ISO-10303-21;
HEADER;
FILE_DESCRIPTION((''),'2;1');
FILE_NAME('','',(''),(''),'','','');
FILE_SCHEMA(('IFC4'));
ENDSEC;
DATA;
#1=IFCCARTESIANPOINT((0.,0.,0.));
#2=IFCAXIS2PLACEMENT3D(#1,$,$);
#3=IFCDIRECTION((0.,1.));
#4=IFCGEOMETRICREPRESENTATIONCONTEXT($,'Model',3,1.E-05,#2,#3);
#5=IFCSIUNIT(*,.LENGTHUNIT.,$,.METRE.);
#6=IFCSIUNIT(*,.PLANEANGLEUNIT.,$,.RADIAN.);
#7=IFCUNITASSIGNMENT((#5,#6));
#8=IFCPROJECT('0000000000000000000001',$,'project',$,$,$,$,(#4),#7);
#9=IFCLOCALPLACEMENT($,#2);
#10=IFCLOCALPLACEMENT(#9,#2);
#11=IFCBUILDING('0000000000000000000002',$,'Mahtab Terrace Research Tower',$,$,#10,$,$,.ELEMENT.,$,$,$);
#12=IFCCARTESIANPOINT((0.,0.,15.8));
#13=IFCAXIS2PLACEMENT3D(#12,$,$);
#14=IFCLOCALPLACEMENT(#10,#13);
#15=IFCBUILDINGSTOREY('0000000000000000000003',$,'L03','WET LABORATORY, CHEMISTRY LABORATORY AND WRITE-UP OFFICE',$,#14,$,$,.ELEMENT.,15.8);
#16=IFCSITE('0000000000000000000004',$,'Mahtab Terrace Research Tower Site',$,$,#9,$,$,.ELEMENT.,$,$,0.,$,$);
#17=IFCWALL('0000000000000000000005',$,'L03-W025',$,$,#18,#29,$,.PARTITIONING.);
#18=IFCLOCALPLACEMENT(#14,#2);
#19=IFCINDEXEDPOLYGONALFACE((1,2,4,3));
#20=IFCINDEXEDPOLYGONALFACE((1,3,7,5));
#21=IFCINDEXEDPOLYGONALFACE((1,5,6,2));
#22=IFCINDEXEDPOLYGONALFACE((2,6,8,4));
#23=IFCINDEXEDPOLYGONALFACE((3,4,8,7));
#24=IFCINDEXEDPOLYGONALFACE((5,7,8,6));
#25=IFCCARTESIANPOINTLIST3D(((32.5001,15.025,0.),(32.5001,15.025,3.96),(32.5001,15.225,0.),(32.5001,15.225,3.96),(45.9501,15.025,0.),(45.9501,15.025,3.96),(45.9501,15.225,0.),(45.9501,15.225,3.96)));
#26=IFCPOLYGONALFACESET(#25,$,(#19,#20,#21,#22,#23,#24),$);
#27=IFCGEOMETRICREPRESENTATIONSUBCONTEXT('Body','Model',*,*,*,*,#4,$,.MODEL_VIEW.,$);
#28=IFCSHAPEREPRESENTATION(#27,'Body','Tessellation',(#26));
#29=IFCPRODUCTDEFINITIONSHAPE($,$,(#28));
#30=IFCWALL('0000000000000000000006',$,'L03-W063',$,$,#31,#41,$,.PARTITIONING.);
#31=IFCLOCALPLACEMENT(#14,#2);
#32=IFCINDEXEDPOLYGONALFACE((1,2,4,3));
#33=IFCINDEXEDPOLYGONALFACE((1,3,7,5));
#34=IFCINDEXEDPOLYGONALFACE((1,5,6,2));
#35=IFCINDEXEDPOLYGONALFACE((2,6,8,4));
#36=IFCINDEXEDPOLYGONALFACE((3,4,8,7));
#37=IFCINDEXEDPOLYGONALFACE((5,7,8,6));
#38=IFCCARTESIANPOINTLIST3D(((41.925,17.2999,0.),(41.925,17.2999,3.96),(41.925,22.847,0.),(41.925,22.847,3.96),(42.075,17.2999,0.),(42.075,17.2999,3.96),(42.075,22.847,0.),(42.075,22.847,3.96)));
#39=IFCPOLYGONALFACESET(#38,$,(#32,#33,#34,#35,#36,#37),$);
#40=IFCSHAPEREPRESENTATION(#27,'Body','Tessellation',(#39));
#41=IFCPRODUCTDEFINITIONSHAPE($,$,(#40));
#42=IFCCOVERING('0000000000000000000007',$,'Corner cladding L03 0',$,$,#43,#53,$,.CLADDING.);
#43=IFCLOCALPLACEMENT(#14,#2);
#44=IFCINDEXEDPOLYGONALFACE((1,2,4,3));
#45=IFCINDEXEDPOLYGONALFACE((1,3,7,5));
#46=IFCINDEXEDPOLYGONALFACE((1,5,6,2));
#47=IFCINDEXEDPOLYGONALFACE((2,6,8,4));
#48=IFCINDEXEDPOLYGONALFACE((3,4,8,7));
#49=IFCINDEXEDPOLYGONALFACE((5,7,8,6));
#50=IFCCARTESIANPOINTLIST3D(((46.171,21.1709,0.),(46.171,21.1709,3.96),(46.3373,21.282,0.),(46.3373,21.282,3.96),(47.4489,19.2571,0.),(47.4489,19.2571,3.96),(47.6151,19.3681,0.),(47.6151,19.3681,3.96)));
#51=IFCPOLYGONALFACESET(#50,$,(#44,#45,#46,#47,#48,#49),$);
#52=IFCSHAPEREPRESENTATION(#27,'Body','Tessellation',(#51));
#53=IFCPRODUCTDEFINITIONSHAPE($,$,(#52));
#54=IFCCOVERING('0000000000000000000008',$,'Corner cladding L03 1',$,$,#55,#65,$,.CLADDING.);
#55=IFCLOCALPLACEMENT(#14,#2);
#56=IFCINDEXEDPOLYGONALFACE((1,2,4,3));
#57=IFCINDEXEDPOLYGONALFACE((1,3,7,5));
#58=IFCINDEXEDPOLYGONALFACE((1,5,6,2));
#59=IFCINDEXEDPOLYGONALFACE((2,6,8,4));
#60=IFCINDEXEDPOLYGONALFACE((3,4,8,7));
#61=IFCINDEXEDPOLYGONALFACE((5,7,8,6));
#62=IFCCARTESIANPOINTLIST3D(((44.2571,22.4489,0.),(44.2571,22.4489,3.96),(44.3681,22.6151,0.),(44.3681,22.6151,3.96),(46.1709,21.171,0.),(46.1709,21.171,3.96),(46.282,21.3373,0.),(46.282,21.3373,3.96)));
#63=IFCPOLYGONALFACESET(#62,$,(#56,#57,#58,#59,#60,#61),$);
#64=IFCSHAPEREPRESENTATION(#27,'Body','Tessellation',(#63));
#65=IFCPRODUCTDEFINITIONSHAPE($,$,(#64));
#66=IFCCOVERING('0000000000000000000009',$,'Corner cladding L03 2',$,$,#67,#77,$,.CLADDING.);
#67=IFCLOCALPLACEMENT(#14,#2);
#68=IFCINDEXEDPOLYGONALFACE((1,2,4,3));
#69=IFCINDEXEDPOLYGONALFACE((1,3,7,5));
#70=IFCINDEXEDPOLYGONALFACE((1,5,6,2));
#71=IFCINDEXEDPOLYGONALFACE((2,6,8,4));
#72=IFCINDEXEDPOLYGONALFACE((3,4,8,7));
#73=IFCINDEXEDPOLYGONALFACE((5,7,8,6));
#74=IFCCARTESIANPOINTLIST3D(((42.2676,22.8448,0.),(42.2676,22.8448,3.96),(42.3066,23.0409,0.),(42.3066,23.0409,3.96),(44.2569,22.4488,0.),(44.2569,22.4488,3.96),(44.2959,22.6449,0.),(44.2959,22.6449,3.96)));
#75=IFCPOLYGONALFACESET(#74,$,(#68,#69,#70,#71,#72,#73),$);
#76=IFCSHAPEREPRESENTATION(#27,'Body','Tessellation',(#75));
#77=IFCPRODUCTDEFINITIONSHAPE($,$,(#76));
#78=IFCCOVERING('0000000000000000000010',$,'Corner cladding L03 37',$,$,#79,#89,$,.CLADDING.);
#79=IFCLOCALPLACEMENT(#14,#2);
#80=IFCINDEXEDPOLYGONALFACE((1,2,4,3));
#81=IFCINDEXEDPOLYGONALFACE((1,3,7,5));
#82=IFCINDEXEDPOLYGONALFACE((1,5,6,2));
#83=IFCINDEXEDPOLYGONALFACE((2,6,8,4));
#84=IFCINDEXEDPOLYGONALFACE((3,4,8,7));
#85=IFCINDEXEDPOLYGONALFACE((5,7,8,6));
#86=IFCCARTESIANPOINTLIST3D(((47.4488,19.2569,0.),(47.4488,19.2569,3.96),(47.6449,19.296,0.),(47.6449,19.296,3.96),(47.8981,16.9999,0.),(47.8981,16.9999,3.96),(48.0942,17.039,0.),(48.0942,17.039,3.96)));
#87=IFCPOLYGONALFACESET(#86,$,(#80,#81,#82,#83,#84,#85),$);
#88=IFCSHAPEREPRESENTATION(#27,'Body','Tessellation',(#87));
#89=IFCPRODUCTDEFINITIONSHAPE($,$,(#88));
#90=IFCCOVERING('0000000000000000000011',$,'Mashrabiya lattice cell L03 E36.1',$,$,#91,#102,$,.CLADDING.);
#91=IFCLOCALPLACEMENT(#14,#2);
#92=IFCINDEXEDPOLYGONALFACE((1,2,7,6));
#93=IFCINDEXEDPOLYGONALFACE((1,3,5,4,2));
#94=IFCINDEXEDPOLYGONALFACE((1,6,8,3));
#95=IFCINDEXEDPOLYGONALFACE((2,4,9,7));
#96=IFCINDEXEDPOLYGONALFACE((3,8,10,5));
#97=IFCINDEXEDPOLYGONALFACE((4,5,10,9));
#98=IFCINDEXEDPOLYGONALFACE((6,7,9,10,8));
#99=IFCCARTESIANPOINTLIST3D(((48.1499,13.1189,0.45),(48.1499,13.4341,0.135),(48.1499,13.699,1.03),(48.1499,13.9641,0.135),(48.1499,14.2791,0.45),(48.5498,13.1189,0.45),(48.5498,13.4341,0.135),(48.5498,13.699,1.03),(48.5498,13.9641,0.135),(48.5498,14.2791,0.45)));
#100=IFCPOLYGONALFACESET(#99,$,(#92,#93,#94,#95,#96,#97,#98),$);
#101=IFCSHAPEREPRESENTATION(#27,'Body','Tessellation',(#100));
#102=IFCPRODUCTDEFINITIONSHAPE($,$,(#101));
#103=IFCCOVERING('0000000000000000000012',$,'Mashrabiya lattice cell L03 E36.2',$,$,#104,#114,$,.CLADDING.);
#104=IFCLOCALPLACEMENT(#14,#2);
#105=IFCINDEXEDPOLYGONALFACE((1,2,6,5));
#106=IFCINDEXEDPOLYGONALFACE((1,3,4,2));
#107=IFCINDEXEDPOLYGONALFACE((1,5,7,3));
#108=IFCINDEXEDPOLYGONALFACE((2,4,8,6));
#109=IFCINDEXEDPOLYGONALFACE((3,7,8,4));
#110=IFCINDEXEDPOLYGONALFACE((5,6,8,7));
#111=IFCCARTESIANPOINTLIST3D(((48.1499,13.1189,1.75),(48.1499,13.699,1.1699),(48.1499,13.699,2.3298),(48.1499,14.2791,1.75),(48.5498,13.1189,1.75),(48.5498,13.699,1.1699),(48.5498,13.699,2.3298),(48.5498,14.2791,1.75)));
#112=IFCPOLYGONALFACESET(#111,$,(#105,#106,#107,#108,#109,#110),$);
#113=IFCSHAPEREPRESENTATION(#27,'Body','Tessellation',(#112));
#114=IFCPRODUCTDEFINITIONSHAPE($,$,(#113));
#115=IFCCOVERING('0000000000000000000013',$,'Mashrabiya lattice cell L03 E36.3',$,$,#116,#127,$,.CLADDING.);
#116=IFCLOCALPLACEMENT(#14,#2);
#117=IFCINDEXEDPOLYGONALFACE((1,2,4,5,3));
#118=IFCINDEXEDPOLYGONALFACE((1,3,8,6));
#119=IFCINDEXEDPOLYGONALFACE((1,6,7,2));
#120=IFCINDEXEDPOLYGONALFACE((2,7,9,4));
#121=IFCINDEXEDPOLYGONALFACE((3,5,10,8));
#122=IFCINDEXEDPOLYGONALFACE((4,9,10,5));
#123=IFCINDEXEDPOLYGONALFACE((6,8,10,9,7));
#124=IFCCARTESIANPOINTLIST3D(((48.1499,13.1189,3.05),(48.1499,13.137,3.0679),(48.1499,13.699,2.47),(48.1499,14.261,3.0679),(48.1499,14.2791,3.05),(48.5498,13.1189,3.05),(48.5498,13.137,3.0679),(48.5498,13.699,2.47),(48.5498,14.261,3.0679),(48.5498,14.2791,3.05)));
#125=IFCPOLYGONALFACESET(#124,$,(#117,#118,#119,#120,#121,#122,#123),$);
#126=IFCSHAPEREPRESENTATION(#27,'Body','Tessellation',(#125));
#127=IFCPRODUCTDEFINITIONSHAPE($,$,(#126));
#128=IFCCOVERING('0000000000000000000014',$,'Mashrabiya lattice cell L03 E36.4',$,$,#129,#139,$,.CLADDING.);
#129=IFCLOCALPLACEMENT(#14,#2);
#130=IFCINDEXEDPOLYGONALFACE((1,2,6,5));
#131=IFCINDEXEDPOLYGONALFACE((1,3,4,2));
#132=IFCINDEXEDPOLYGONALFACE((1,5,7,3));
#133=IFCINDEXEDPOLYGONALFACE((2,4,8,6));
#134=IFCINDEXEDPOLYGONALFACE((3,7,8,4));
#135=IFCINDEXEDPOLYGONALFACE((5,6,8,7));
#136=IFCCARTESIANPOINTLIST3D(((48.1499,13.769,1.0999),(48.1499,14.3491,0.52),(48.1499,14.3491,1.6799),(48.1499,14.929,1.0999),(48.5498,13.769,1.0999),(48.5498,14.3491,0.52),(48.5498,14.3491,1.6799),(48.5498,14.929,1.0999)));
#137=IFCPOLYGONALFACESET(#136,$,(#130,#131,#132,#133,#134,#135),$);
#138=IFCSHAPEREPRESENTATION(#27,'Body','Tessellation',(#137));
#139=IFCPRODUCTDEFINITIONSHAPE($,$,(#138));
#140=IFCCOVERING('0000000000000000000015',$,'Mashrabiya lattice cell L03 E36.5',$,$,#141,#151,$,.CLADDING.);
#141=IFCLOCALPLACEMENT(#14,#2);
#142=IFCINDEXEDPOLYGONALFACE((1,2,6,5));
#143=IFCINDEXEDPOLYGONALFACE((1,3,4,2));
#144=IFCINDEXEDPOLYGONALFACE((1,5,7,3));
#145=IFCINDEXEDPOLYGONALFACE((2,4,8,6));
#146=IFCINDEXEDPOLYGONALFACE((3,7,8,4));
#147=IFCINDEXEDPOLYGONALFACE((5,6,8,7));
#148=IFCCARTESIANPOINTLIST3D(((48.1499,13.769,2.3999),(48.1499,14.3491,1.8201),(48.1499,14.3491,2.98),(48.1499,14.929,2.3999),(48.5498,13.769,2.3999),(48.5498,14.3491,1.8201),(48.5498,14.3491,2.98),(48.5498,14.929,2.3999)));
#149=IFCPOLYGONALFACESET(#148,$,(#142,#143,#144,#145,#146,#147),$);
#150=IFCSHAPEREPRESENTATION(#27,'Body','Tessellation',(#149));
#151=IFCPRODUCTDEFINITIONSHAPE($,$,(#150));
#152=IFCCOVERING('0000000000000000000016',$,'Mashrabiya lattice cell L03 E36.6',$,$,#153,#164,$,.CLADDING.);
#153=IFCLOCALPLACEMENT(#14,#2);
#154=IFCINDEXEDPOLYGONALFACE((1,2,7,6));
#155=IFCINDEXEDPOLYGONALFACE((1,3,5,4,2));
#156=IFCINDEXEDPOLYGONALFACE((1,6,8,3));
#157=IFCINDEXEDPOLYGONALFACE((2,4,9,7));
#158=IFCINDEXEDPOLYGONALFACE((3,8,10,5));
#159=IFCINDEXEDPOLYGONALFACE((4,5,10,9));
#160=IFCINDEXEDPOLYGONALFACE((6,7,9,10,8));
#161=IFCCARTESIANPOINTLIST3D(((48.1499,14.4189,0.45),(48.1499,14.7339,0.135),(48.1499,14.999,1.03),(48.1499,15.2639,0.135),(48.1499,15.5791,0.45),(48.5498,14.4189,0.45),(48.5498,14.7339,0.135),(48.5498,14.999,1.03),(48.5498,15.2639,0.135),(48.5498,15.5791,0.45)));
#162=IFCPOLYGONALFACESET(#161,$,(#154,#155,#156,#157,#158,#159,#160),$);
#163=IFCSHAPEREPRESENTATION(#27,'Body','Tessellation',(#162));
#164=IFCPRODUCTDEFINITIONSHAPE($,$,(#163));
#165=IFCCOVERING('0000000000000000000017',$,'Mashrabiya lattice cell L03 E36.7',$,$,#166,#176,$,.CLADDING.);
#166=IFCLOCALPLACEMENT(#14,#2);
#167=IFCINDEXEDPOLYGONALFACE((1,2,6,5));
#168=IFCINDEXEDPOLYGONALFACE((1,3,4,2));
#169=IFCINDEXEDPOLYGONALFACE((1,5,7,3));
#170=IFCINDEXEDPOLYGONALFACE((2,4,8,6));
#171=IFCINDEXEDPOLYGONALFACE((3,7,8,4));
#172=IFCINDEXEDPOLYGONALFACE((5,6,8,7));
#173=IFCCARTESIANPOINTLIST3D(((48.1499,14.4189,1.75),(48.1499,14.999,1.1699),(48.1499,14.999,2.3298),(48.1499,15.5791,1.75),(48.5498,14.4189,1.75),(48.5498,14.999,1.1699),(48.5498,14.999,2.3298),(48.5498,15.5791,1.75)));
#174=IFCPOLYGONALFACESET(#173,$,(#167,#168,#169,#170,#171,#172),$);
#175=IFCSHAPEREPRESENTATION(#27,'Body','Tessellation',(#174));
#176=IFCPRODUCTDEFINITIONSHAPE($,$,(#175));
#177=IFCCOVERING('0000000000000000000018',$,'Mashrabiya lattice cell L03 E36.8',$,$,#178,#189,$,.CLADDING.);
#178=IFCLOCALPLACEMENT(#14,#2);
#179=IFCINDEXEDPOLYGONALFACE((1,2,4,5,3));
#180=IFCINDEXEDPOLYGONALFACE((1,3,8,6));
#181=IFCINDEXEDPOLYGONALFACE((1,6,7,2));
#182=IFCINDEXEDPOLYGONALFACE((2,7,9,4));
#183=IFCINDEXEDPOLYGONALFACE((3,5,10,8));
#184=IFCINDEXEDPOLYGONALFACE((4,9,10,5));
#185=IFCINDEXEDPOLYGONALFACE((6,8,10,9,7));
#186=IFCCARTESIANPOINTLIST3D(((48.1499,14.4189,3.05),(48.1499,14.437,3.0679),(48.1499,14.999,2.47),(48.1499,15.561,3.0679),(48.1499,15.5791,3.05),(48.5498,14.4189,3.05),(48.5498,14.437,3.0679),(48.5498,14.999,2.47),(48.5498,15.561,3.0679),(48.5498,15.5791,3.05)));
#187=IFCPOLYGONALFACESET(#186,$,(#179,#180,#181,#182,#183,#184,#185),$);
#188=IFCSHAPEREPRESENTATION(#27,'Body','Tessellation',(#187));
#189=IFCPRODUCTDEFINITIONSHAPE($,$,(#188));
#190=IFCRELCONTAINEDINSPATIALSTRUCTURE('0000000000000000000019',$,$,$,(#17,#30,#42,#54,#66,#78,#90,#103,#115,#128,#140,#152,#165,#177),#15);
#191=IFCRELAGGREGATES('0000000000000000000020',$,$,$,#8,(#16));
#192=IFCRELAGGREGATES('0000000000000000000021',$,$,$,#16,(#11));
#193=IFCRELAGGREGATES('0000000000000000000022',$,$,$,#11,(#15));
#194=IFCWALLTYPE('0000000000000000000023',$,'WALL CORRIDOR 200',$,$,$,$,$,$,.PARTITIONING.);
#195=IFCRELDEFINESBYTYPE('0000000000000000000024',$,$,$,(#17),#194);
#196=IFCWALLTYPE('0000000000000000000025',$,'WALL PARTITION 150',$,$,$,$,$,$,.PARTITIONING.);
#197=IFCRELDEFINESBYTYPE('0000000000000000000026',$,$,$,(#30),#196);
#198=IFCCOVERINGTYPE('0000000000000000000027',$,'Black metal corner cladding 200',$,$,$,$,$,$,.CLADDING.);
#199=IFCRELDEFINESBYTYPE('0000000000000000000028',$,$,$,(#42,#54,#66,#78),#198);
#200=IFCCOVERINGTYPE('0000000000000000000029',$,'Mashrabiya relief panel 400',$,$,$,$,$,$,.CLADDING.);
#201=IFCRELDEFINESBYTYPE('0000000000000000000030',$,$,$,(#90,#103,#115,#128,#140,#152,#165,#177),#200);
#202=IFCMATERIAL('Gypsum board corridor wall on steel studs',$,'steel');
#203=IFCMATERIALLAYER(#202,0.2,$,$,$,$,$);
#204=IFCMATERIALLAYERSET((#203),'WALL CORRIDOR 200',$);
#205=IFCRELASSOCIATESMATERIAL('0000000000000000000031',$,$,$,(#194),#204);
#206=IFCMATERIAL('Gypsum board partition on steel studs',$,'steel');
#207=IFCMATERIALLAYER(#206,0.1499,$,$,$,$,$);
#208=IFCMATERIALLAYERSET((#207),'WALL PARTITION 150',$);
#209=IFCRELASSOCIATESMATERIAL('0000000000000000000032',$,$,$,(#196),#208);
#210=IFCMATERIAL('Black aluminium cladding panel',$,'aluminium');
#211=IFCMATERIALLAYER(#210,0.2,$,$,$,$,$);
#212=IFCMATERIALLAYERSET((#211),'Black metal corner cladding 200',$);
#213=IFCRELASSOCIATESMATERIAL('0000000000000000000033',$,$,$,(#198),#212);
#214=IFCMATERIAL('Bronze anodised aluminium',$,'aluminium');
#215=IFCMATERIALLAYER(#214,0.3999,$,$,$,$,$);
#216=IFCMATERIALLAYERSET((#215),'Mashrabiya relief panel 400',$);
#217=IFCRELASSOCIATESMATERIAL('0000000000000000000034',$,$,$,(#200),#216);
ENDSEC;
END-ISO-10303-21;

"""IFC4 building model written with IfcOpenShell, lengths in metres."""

from ifc_helpers import new_model, si_unit, direction, frame, frame_2d, origin, origin_2d, place, context, subcontext, project, spatial, polyline, rectangle, outline, extrude, material, layer, layer_set, type_object, element, save


model = new_model("IFC4")

# Units and contexts
model_context = context("Model", 3, precision=1e-05, world=origin(), true_north=direction((0.0, 1.0)))
body_context = subcontext(model_context, "Body", "Model", "MODEL_VIEW")
ifc_project = project(units=[si_unit("LENGTHUNIT", "METRE"), si_unit("PLANEANGLEUNIT", "RADIAN")], contexts=[model_context])

# Site, building, storey
site_placement = place(None, origin())
site = spatial("IfcSite", under=ifc_project, at=site_placement, Name="Mahtab Terrace Research Tower Site", CompositionType="ELEMENT", RefElevation=0.0)
building_placement = place(site_placement, origin())
building = spatial("IfcBuilding", under=site, at=building_placement, Name="Mahtab Terrace Research Tower", CompositionType="ELEMENT")
storey_placement = place(building_placement, frame((0.0, 0.0, 15.8)))
storey = spatial("IfcBuildingStorey", under=building, at=storey_placement, Name="L03", Description="WET LABORATORY, CHEMISTRY LABORATORY AND WRITE-UP OFFICE", CompositionType="ELEMENT", Elevation=15.8)

# Walls
ifc_material_1 = material(Name="Black aluminium cladding panel", Category="aluminium")
ifc_material_2 = material(Name="Gypsum board corridor wall on steel studs", Category="steel")
ifc_layer_1 = layer(ifc_material_2, 0.2)
ifc_layer_set_1 = layer_set([ifc_layer_1], Name="WALL CORRIDOR 200")
wall_type_1 = type_object("IfcWallType", Name="WALL CORRIDOR 200", PredefinedType="PARTITIONING", material=ifc_layer_set_1)
wall_1_placement = place(storey_placement, frame((32.5, 15.125, 0.0), z_axis=(0.0, 0.0, 1.0), x_axis=(1.0, 0.0, 0.0)))
element("IfcWall", 1, at=wall_1_placement, inside=storey, type_object=wall_type_1, Name="L03-W025", PredefinedType="PARTITIONING", context=body_context, shape_type="SweptSolid", body=[
    extrude(rectangle(XDim=13.45, YDim=0.2, at=frame_2d((6.7251, 0.0))), origin(), (0.0, 0.0, 1.0), 3.96),
])
ifc_material_3 = material(Name="Gypsum board partition on steel studs", Category="steel")
ifc_layer_2 = layer(ifc_material_3, 0.1499)
ifc_layer_set_2 = layer_set([ifc_layer_2], Name="WALL PARTITION 150")
wall_type_2 = type_object("IfcWallType", Name="WALL PARTITION 150", PredefinedType="PARTITIONING", material=ifc_layer_set_2)
wall_2_placement = place(storey_placement, frame((42.0, 17.3, 0.0), z_axis=(0.0, 0.0, 1.0), x_axis=(0.0, 1.0, 0.0)))
element("IfcWall", 2, at=wall_2_placement, inside=storey, type_object=wall_type_2, Name="L03-W063", PredefinedType="PARTITIONING", context=body_context, shape_type="SweptSolid", body=[
    extrude(rectangle(XDim=5.5471, YDim=0.1499, at=frame_2d((2.7734, 0.0))), origin(), (0.0, 0.0, 1.0), 3.96),
])

# Coverings
ifc_layer_3 = layer(ifc_material_1, 0.2)
ifc_layer_set_3 = layer_set([ifc_layer_3], Name="Black metal corner cladding 200")
covering_type_1 = type_object("IfcCoveringType", Name="Black metal corner cladding 200", PredefinedType="CLADDING", material=ifc_layer_set_3)
for number, where, z_axis, x_axis, name in (
    (3, (46.8931, 20.2695, 0.0), (0.0, 0.0, 1.0), (-0.555291, 0.831656, 0.0), "Corner cladding L03 0"),
    (4, (45.2695, 21.8931, 0.0), (0.0, 0.0, 1.0), (-0.831656, 0.555291, 0.0), "Corner cladding L03 1"),
):
    element("IfcCovering", number, at=place(storey_placement, frame(where, z_axis=z_axis, x_axis=x_axis)), inside=storey, type_object=covering_type_1, Name=name, PredefinedType="CLADDING", context=body_context, shape_type="SweptSolid", body=[
        extrude(rectangle(XDim=2.3013, YDim=0.2, at=origin_2d()), origin(), (0.0, 0.0, 1.0), 3.96),
    ])
covering_1_placement = place(storey_placement, frame((43.2817, 22.7449, 0.0), z_axis=(0.0, 0.0, 1.0), x_axis=(-0.980761, 0.195212, 0.0)))
element("IfcCovering", 5, at=covering_1_placement, inside=storey, type_object=covering_type_1, Name="Corner cladding L03 2", PredefinedType="CLADDING", context=body_context, shape_type="SweptSolid", body=[
    extrude(rectangle(XDim=2.0283, YDim=0.2, at=origin_2d()), origin(), (0.0, 0.0, 1.0), 3.96),
])
covering_2_placement = place(storey_placement, frame((47.7715, 18.1479, 0.0), z_axis=(0.0, 0.0, 1.0), x_axis=(-0.195212, 0.980761, 0.0)))
element("IfcCovering", 6, at=covering_2_placement, inside=storey, type_object=covering_type_1, Name="Corner cladding L03 37", PredefinedType="CLADDING", context=body_context, shape_type="SweptSolid", body=[
    extrude(rectangle(XDim=2.3013, YDim=0.2, at=origin_2d()), origin(), (0.0, 0.0, 1.0), 3.96),
])
ifc_material_4 = material(Name="Bronze anodised aluminium", Category="aluminium")
ifc_layer_4 = layer(ifc_material_4, 0.3999)
ifc_layer_set_4 = layer_set([ifc_layer_4], Name="Mashrabiya relief panel 400")
covering_type_2 = type_object("IfcCoveringType", Name="Mashrabiya relief panel 400", PredefinedType="CLADDING", material=ifc_layer_set_4)
covering_3_placement = place(storey_placement, frame((48.1499, 13.1189, 0.45), z_axis=(-1.0, 0.0, 0.0), x_axis=(0.0, 0.707107, 0.707107)))
element("IfcCovering", 7, at=covering_3_placement, inside=storey, type_object=covering_type_2, Name="Mashrabiya lattice cell L03 E36.1", PredefinedType="CLADDING", context=body_context, shape_type="SweptSolid", body=[
    extrude(outline(polyline([(0.0, 0.0), (0.8204, 0.0), (0.8204, 0.8204), (0.375, 0.8204), (0.0002, 0.4456), (0.0, 0.0)])), origin(), (0.0, 0.0, -1.0), 0.3999),
])
covering_4_placement = place(storey_placement, frame((48.1499, 13.699, 2.3298), z_axis=(-1.0, 0.0, 0.0), x_axis=(0.0, 0.707256, -0.706958)))
element("IfcCovering", 8, at=covering_4_placement, inside=storey, type_object=covering_type_2, Name="Mashrabiya lattice cell L03 E36.2", PredefinedType="CLADDING", context=body_context, shape_type="SweptSolid", body=[
    extrude(outline(polyline([(0.0, 0.0), (0.8202, 0.0), (0.82, 0.8204), (-0.0003, 0.8202), (0.0, 0.0)])), origin(), (0.0, 0.0, -1.0), 0.3999),
])
covering_5_placement = place(storey_placement, frame((48.1499, 14.2791, 3.05), z_axis=(-1.0, 0.0, 0.0), x_axis=(0.0, -0.707107, -0.707107)))
element("IfcCovering", 9, at=covering_5_placement, inside=storey, type_object=covering_type_2, Name="Mashrabiya lattice cell L03 E36.3", PredefinedType="CLADDING", context=body_context, shape_type="SweptSolid", body=[
    extrude(outline(polyline([(0.0, 0.0), (0.8204, 0.0), (0.8204, 0.8204), (0.795, 0.8202), (0.0002, 0.0254), (0.0, 0.0)])), origin(), (0.0, 0.0, -1.0), 0.3999),
])
for number, where, z_axis, x_axis, name in (
    (10, (48.1499, 14.3491, 1.6799), (-1.0, 0.0, 0.0), (0.0, 0.706958, -0.707256), "Mashrabiya lattice cell L03 E36.4"),
    (11, (48.1499, 14.3491, 2.98), (-1.0, 0.0, 0.0), (0.0, 0.706958, -0.707256), "Mashrabiya lattice cell L03 E36.5"),
):
    element("IfcCovering", number, at=place(storey_placement, frame(where, z_axis=z_axis, x_axis=x_axis)), inside=storey, type_object=covering_type_2, Name=name, PredefinedType="CLADDING", context=body_context, shape_type="SweptSolid", body=[
        extrude(outline(polyline([(0.0, 0.0), (0.8202, 0.0), (0.8204, 0.82), (0.0002, 0.8204), (0.0, 0.0)])), origin(), (0.0, 0.0, -1.0), 0.3999),
    ])
covering_6_placement = place(storey_placement, frame((48.1499, 14.4189, 0.45), z_axis=(-1.0, 0.0, 0.0), x_axis=(0.0, 0.707107, 0.707107)))
element("IfcCovering", 12, at=covering_6_placement, inside=storey, type_object=covering_type_2, Name="Mashrabiya lattice cell L03 E36.6", PredefinedType="CLADDING", context=body_context, shape_type="SweptSolid", body=[
    extrude(outline(polyline([(0.0, 0.0), (0.8204, 0.0), (0.8204, 0.8204), (0.3748, 0.8202), (0.0, 0.4454), (0.0, 0.0)])), origin(), (0.0, 0.0, -1.0), 0.3999),
])
covering_7_placement = place(storey_placement, frame((48.1499, 14.999, 2.3298), z_axis=(-1.0, 0.0, 0.0), x_axis=(0.0, 0.707256, -0.706958)))
element("IfcCovering", 13, at=covering_7_placement, inside=storey, type_object=covering_type_2, Name="Mashrabiya lattice cell L03 E36.7", PredefinedType="CLADDING", context=body_context, shape_type="SweptSolid", body=[
    extrude(outline(polyline([(0.0, 0.0), (0.8202, 0.0), (0.82, 0.8204), (-0.0003, 0.8202), (0.0, 0.0)])), origin(), (0.0, 0.0, -1.0), 0.3999),
])
covering_8_placement = place(storey_placement, frame((48.1499, 15.5791, 3.05), z_axis=(-1.0, 0.0, 0.0), x_axis=(0.0, -0.707107, -0.707107)))
element("IfcCovering", 14, at=covering_8_placement, inside=storey, type_object=covering_type_2, Name="Mashrabiya lattice cell L03 E36.8", PredefinedType="CLADDING", context=body_context, shape_type="SweptSolid", body=[
    extrude(outline(polyline([(0.0, 0.0), (0.8204, 0.0), (0.8204, 0.8204), (0.795, 0.8202), (0.0002, 0.0254), (0.0, 0.0)])), origin(), (0.0, 0.0, -1.0), 0.3999),
])

save(model, "model.ifc")
